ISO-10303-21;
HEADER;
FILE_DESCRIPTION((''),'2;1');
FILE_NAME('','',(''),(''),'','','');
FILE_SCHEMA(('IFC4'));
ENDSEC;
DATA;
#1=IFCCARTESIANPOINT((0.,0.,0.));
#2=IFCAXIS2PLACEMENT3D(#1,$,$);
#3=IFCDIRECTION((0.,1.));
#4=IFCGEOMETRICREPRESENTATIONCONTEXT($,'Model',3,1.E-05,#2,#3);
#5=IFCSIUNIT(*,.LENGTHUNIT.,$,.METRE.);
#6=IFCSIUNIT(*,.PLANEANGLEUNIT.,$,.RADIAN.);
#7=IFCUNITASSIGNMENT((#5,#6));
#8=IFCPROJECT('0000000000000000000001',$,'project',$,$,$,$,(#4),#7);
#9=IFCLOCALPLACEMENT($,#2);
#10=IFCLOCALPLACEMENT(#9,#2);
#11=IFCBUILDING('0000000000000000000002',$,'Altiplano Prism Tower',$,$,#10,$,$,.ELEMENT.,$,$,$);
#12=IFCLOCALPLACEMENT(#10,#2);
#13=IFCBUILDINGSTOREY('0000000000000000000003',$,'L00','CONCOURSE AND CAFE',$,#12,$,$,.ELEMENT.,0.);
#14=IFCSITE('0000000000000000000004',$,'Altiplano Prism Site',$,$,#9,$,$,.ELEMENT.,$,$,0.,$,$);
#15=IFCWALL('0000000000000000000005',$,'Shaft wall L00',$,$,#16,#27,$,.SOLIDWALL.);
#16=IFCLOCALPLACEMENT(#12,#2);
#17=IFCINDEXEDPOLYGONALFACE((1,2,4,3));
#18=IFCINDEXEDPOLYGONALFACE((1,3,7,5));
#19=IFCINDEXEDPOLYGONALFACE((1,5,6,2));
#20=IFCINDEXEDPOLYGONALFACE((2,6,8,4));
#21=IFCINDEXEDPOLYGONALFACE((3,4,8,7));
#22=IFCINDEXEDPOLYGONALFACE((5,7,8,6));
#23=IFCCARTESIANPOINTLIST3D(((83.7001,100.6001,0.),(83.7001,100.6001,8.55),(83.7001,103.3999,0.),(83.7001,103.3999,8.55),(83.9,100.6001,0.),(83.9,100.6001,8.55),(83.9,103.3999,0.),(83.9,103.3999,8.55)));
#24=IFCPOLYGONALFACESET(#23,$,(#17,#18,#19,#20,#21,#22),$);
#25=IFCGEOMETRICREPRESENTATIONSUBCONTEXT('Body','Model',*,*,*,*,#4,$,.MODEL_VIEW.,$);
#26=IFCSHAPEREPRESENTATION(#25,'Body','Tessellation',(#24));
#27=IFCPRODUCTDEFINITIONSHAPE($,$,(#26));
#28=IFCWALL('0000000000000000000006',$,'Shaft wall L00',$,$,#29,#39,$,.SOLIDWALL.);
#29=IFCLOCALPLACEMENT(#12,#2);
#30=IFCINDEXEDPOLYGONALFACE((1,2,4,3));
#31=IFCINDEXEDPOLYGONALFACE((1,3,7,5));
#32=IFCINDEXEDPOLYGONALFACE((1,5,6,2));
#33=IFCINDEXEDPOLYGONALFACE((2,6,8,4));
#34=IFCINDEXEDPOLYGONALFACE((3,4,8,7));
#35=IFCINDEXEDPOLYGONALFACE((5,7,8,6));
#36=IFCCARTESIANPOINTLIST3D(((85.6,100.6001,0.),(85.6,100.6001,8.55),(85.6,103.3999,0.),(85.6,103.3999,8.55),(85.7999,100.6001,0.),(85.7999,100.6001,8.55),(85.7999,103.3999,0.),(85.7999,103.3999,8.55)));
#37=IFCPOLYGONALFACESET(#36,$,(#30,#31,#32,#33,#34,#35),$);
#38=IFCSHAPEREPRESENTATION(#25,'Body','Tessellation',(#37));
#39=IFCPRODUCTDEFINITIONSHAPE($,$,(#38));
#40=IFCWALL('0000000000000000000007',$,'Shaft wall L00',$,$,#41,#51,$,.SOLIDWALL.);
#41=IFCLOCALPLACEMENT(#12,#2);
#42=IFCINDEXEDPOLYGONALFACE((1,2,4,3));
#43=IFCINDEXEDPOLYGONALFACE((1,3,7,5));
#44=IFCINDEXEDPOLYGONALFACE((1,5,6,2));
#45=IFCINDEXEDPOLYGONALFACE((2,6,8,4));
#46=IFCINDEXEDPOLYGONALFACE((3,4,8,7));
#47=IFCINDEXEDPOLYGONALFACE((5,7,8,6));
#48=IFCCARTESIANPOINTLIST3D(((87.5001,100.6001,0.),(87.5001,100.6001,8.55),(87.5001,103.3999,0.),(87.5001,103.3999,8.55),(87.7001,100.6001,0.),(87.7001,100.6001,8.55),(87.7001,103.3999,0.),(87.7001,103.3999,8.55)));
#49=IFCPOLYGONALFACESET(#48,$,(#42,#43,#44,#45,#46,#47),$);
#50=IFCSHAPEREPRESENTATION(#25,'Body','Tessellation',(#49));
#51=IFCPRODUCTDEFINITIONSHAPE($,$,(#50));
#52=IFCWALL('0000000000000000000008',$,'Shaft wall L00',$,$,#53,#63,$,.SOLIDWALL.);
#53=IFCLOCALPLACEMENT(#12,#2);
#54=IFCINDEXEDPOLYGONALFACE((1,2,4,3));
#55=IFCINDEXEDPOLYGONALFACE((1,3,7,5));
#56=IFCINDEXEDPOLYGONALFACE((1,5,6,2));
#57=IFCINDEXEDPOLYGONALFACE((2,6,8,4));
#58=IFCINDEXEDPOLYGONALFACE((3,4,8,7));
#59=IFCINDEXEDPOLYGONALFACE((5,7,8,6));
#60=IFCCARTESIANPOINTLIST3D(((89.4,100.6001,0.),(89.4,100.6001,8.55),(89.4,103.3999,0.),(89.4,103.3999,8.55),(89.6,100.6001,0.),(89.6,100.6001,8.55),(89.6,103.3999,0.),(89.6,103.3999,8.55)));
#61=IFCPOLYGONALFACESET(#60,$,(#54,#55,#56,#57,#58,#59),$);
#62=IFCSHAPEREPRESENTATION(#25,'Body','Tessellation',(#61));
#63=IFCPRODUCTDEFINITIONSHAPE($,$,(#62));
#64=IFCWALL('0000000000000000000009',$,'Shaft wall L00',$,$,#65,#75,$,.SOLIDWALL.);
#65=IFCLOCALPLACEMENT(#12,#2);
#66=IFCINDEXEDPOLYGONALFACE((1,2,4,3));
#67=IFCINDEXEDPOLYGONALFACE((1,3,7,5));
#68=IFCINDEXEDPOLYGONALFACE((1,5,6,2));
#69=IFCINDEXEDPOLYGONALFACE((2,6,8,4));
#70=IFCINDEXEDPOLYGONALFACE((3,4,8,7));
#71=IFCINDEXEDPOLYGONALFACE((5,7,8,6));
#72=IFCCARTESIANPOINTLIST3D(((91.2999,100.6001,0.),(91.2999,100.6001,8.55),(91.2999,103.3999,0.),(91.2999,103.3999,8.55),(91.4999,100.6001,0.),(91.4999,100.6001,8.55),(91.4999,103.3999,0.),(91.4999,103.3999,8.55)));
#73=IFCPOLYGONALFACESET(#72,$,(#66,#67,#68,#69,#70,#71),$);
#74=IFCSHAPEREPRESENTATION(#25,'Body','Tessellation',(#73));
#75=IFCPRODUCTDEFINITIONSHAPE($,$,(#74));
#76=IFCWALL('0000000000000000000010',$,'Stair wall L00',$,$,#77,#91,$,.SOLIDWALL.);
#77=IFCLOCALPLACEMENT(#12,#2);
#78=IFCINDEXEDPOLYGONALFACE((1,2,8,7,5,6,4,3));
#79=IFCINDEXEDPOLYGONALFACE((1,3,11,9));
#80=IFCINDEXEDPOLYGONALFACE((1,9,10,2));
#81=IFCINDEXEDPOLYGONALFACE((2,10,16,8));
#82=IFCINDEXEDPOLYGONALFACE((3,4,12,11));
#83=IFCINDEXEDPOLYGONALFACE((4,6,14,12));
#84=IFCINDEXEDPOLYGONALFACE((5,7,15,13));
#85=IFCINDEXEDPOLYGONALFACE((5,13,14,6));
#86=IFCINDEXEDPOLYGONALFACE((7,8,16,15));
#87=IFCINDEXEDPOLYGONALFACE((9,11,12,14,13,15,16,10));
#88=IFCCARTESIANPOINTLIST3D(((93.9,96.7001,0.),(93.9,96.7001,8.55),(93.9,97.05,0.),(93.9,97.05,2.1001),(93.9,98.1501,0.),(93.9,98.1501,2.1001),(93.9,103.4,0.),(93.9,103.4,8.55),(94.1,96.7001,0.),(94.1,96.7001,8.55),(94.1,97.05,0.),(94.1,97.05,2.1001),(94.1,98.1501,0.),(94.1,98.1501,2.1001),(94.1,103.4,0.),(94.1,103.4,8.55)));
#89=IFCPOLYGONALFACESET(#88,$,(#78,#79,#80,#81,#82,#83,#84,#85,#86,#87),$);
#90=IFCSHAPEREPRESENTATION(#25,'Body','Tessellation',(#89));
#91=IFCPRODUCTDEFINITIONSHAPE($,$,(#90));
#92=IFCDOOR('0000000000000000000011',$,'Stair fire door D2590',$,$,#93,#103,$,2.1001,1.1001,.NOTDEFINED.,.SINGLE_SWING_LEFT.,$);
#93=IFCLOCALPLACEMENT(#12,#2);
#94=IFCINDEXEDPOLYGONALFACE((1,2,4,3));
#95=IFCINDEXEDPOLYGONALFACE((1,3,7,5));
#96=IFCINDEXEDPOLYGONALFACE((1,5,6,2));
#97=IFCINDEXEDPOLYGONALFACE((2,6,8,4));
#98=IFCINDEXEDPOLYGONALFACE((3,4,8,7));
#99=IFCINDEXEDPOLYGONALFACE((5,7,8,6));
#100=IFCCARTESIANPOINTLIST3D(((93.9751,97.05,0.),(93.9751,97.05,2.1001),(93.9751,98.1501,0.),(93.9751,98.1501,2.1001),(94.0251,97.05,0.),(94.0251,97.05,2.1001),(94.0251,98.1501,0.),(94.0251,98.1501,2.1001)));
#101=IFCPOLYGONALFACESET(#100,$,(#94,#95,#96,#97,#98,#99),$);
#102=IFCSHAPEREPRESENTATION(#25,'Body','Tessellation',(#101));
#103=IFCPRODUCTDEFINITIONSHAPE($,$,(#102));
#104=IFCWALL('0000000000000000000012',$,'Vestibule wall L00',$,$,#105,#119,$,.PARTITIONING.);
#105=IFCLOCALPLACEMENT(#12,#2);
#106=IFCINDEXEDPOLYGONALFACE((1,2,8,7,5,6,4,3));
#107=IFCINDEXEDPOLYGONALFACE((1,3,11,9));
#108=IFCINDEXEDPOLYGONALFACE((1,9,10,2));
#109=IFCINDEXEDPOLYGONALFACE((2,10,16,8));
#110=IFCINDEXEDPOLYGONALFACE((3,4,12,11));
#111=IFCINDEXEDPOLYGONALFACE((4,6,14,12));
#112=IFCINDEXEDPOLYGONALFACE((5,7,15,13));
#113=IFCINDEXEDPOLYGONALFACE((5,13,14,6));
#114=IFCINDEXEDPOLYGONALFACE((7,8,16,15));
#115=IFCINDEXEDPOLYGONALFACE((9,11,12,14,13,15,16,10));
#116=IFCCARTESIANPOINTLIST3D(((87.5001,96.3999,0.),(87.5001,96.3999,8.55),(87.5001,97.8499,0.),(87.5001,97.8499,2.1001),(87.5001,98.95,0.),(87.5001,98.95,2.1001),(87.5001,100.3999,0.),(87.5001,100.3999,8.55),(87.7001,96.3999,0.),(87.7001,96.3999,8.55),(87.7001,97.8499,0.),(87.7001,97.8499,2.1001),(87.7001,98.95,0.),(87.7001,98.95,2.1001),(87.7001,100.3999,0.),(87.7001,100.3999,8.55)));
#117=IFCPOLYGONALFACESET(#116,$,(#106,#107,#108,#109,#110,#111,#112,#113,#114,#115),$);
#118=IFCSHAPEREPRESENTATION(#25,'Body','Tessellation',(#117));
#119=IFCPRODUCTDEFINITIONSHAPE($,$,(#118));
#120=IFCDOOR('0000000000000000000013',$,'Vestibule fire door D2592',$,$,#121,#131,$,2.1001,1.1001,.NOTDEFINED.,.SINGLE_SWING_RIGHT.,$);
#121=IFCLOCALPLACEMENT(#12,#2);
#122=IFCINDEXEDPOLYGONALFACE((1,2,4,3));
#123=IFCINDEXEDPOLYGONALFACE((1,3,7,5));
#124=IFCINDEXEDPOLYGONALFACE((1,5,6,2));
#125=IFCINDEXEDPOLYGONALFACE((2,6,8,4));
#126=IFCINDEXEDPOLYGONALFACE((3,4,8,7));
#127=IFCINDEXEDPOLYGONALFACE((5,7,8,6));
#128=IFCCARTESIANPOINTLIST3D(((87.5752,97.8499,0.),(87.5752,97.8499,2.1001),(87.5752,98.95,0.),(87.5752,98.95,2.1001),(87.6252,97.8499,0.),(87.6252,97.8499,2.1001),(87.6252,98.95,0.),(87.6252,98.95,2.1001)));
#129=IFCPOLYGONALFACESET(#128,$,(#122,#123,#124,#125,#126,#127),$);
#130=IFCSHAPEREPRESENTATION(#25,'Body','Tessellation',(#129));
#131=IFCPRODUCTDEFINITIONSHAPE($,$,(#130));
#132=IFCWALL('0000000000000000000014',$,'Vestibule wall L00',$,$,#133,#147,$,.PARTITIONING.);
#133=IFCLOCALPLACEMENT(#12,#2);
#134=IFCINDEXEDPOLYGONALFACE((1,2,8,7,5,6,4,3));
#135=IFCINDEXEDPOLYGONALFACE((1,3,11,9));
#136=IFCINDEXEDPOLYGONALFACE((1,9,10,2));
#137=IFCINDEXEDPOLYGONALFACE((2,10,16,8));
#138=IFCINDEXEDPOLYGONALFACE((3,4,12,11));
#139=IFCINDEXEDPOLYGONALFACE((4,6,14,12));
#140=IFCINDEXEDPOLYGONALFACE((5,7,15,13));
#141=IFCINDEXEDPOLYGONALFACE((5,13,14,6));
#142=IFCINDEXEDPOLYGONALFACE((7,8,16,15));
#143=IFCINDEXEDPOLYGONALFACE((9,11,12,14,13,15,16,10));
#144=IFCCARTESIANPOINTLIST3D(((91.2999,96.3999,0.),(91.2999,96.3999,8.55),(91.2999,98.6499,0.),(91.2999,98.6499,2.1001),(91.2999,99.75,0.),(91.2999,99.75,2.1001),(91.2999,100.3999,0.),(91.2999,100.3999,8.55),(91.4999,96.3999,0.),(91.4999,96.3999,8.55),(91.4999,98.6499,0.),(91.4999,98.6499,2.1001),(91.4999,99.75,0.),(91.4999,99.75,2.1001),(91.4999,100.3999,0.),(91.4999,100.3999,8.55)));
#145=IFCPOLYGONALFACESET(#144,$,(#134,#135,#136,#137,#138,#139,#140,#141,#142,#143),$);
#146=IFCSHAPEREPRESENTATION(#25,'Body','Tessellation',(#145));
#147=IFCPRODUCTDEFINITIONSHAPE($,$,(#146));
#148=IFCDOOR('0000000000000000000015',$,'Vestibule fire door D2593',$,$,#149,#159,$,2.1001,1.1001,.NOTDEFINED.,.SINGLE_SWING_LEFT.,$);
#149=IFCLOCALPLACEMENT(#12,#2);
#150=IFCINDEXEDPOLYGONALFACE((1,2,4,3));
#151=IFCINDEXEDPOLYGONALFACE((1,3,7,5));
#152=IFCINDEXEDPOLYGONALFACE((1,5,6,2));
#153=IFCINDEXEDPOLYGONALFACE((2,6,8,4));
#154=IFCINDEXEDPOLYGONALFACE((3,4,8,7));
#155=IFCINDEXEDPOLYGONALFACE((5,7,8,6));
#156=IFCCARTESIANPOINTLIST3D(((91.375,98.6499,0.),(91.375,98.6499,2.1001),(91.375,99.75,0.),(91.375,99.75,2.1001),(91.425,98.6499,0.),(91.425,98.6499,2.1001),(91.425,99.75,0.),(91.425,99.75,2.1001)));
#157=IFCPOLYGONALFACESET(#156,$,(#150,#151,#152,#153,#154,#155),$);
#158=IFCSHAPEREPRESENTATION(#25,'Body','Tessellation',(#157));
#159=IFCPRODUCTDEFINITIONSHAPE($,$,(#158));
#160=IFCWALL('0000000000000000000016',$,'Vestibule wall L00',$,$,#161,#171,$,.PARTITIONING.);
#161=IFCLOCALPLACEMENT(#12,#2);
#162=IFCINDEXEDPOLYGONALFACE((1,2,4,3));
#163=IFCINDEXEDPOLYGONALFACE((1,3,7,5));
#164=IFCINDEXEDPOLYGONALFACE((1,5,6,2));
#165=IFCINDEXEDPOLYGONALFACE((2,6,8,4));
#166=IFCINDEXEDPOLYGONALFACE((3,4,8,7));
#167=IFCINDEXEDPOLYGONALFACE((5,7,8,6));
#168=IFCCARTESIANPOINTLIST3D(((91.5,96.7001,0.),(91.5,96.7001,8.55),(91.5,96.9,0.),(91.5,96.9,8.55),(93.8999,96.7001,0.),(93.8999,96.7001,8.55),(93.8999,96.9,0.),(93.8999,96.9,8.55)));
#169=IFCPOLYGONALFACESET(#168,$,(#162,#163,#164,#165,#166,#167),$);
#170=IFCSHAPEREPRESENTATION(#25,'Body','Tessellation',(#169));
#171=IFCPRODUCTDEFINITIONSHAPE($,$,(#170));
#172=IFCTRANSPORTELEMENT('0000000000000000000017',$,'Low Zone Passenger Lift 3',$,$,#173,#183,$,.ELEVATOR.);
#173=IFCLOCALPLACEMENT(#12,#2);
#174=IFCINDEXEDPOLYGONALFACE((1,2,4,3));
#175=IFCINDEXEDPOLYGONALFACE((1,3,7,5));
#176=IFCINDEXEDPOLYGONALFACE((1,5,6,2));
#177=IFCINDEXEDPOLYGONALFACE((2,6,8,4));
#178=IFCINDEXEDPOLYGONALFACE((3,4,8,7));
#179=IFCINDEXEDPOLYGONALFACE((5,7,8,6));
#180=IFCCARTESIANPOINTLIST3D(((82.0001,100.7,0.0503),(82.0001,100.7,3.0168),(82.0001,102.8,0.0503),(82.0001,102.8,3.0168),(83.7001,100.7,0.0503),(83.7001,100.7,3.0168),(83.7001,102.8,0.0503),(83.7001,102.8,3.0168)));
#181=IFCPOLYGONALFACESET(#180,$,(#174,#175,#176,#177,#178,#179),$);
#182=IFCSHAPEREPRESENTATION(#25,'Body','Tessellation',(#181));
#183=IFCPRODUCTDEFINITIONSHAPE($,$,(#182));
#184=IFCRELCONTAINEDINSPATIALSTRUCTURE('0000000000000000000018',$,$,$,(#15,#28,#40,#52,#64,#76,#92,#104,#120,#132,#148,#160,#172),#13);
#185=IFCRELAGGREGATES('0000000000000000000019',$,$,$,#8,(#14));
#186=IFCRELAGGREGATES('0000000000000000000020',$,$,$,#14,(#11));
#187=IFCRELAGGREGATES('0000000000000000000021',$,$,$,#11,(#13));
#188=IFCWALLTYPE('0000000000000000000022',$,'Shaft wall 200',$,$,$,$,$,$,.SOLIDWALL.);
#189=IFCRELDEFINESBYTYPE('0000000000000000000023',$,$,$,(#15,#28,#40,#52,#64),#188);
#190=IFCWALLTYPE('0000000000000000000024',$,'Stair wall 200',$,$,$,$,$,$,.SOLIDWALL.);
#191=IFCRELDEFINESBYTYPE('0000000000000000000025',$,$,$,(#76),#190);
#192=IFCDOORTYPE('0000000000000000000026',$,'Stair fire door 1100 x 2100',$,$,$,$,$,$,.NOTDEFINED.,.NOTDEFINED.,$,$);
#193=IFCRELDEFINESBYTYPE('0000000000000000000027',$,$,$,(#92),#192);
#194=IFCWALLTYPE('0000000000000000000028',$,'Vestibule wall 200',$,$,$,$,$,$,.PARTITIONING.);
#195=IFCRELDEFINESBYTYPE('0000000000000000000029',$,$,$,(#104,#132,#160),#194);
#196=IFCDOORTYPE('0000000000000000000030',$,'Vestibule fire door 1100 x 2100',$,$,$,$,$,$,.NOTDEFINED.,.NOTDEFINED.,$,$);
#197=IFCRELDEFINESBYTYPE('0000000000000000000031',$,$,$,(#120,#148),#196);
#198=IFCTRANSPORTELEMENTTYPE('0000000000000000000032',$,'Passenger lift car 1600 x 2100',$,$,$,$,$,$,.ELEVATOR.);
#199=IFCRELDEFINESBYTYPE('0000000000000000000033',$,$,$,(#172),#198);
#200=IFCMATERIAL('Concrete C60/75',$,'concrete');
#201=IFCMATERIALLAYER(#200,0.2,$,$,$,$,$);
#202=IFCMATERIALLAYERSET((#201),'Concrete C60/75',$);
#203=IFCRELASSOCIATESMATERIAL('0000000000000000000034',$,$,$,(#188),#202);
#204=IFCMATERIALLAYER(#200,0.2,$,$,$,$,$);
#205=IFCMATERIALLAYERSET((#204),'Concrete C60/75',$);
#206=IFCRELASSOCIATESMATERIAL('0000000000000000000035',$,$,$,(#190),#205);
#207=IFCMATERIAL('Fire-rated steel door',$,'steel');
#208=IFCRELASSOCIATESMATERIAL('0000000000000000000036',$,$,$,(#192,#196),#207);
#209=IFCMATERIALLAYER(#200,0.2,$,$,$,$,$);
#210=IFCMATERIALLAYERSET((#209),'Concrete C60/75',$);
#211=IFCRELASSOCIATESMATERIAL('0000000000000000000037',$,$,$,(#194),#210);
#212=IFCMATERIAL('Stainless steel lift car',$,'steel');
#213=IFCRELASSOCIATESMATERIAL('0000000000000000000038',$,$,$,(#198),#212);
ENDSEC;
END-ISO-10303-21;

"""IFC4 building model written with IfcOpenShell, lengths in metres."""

from ifc_helpers import new_model, si_unit, direction, frame, frame_2d, origin, origin_2d, place, context, subcontext, project, spatial, rectangle, extrude, material, layer, layer_set, type_object, element, fill, save


model = new_model("IFC4")

# Units and contexts
model_context = context("Model", 3, precision=1e-05, world=origin(), true_north=direction((0.0, 1.0)))
body_context = subcontext(model_context, "Body", "Model", "MODEL_VIEW")
ifc_project = project(units=[si_unit("LENGTHUNIT", "METRE"), si_unit("PLANEANGLEUNIT", "RADIAN")], contexts=[model_context])

# Site, building, storey
site_placement = place(None, origin())
site = spatial("IfcSite", under=ifc_project, at=site_placement, Name="Altiplano Prism Site", CompositionType="ELEMENT", RefElevation=0.0)
building_placement = place(site_placement, origin())
building = spatial("IfcBuilding", under=site, at=building_placement, Name="Altiplano Prism Tower", CompositionType="ELEMENT")
storey_placement = place(building_placement, origin())
storey = spatial("IfcBuildingStorey", under=building, at=storey_placement, Name="L00", Description="CONCOURSE AND CAFE", CompositionType="ELEMENT", Elevation=0.0)

# Walls
ifc_material_1 = material(Name="Concrete C60/75", Category="concrete")
ifc_layer_1 = layer(ifc_material_1, 0.2)
ifc_layer_set_1 = layer_set([ifc_layer_1], Name="Concrete C60/75")
wall_type_1 = type_object("IfcWallType", Name="Shaft wall 200", PredefinedType="SOLIDWALL", material=ifc_layer_set_1)
for number, where, z_axis, x_axis, name in (
    (1, (83.8, 100.6001, 0.0), (0.0, 0.0, 1.0), (0.0, 1.0, 0.0), "Shaft wall L00"),
    (2, (85.7, 100.6001, 0.0), (0.0, 0.0, 1.0), (0.0, 1.0, 0.0), "Shaft wall L00"),
    (3, (87.6001, 100.6001, 0.0), (0.0, 0.0, 1.0), (0.0, 1.0, 0.0), "Shaft wall L00"),
    (4, (89.5, 100.6001, 0.0), (0.0, 0.0, 1.0), (0.0, 1.0, 0.0), "Shaft wall L00"),
    (5, (91.3999, 100.6001, 0.0), (0.0, 0.0, 1.0), (0.0, 1.0, 0.0), "Shaft wall L00"),
):
    element("IfcWall", number, at=place(storey_placement, frame(where, z_axis=z_axis, x_axis=x_axis)), inside=storey, type_object=wall_type_1, Name=name, PredefinedType="SOLIDWALL", context=body_context, shape_type="SweptSolid", body=[
        extrude(rectangle(XDim=2.7998, YDim=0.2, at=frame_2d((1.3999, 0.0))), origin(), (0.0, 0.0, 1.0), 8.55),
    ])

# Walls, openings, doors
ifc_layer_2 = layer(ifc_material_1, 0.2)
ifc_layer_set_2 = layer_set([ifc_layer_2], Name="Concrete C60/75")
wall_type_2 = type_object("IfcWallType", Name="Stair wall 200", PredefinedType="SOLIDWALL", material=ifc_layer_set_2)
wall_1_placement = place(storey_placement, frame((94.0, 96.7, 0.0), z_axis=(0.0, 0.0, 1.0), x_axis=(0.0, 1.0, 0.0)))
wall_1 = element("IfcWall", 6, at=wall_1_placement, inside=storey, type_object=wall_type_2, Name="Stair wall L00", PredefinedType="SOLIDWALL", context=body_context, shape_type="SweptSolid", body=[
    extrude(rectangle(XDim=6.7, YDim=0.2, at=frame_2d((3.3501, 0.0))), origin(), (0.0, 0.0, 1.0), 8.55),
])
opening_1_placement = place(wall_1_placement, frame((0.3501, 0.0, 0.0)))
opening_1 = element("IfcOpeningElement", 7, at=opening_1_placement, cuts=wall_1, PredefinedType="OPENING", context=body_context, shape_type="SweptSolid", body=[
    extrude(rectangle(XDim=1.1001, YDim=2.1001, at=frame_2d((0.55, 1.05))), frame((0.0, 0.1104, 0.0), z_axis=(0.0, -1.0, 0.0), x_axis=(1.0, 0.0, 0.0)), (0.0, 0.0, 1.0), 0.2209),
])
ifc_material_2 = material(Name="Fire-rated steel door", Category="steel")
door_type_1 = type_object("IfcDoorType", Name="Stair fire door 1100 x 2100", OperationType="NOTDEFINED", PredefinedType="NOTDEFINED", material=ifc_material_2)
door_1_placement = place(opening_1_placement, origin())
door_1 = element("IfcDoor", 8, at=door_1_placement, inside=storey, type_object=door_type_1, Name="Stair fire door D2590", OperationType="SINGLE_SWING_LEFT", OverallHeight=2.1001, OverallWidth=1.1001, PredefinedType="NOTDEFINED", context=body_context, shape_type="SweptSolid", body=[
    extrude(rectangle(XDim=1.1001, YDim=2.1001, at=frame_2d((0.55, 1.05))), frame((0.0, 0.0249, 0.0), z_axis=(0.0, -1.0, 0.0), x_axis=(1.0, 0.0, 0.0)), (0.0, 0.0, 1.0), 0.05),
])
fill(opening_1, door_1)
ifc_layer_3 = layer(ifc_material_1, 0.2)
ifc_layer_set_3 = layer_set([ifc_layer_3], Name="Concrete C60/75")
wall_type_3 = type_object("IfcWallType", Name="Vestibule wall 200", PredefinedType="PARTITIONING", material=ifc_layer_set_3)
wall_2_placement = place(storey_placement, frame((87.6001, 96.3999, 0.0), z_axis=(0.0, 0.0, 1.0), x_axis=(0.0, 1.0, 0.0)))
wall_2 = element("IfcWall", 9, at=wall_2_placement, inside=storey, type_object=wall_type_3, Name="Vestibule wall L00", PredefinedType="PARTITIONING", context=body_context, shape_type="SweptSolid", body=[
    extrude(rectangle(XDim=4.0, YDim=0.2, at=frame_2d((2.0, 0.0))), origin(), (0.0, 0.0, 1.0), 8.55),
])
opening_2_placement = place(wall_2_placement, frame((1.45, 0.0, 0.0)))
opening_2 = element("IfcOpeningElement", 10, at=opening_2_placement, cuts=wall_2, PredefinedType="OPENING", context=body_context, shape_type="SweptSolid", body=[
    extrude(rectangle(XDim=1.1001, YDim=2.1001, at=frame_2d((0.55, 1.05))), frame((0.0, 0.1104, 0.0), z_axis=(0.0, -1.0, 0.0), x_axis=(1.0, 0.0, 0.0)), (0.0, 0.0, 1.0), 0.2209),
])
door_type_2 = type_object("IfcDoorType", Name="Vestibule fire door 1100 x 2100", OperationType="NOTDEFINED", PredefinedType="NOTDEFINED", material=ifc_material_2)
door_2_placement = place(opening_2_placement, origin())
door_2 = element("IfcDoor", 11, at=door_2_placement, inside=storey, type_object=door_type_2, Name="Vestibule fire door D2592", OperationType="SINGLE_SWING_RIGHT", OverallHeight=2.1001, OverallWidth=1.1001, PredefinedType="NOTDEFINED", context=body_context, shape_type="SweptSolid", body=[
    extrude(rectangle(XDim=1.1001, YDim=2.1001, at=frame_2d((0.55, 1.05))), frame((0.0, 0.0249, 0.0), z_axis=(0.0, -1.0, 0.0), x_axis=(1.0, 0.0, 0.0)), (0.0, 0.0, 1.0), 0.05),
])
fill(opening_2, door_2)
wall_3_placement = place(storey_placement, frame((91.3999, 96.3999, 0.0), z_axis=(0.0, 0.0, 1.0), x_axis=(0.0, 1.0, 0.0)))
wall_3 = element("IfcWall", 12, at=wall_3_placement, inside=storey, type_object=wall_type_3, Name="Vestibule wall L00", PredefinedType="PARTITIONING", context=body_context, shape_type="SweptSolid", body=[
    extrude(rectangle(XDim=4.0, YDim=0.2, at=frame_2d((2.0, 0.0))), origin(), (0.0, 0.0, 1.0), 8.55),
])
opening_3_placement = place(wall_3_placement, frame((2.25, 0.0, 0.0)))
opening_3 = element("IfcOpeningElement", 13, at=opening_3_placement, cuts=wall_3, PredefinedType="OPENING", context=body_context, shape_type="SweptSolid", body=[
    extrude(rectangle(XDim=1.1001, YDim=2.1001, at=frame_2d((0.55, 1.05))), frame((0.0, 0.1104, 0.0), z_axis=(0.0, -1.0, 0.0), x_axis=(1.0, 0.0, 0.0)), (0.0, 0.0, 1.0), 0.2209),
])
door_3_placement = place(opening_3_placement, origin())
door_3 = element("IfcDoor", 14, at=door_3_placement, inside=storey, type_object=door_type_2, Name="Vestibule fire door D2593", OperationType="SINGLE_SWING_LEFT", OverallHeight=2.1001, OverallWidth=1.1001, PredefinedType="NOTDEFINED", context=body_context, shape_type="SweptSolid", body=[
    extrude(rectangle(XDim=1.1001, YDim=2.1001, at=frame_2d((0.55, 1.05))), frame((0.0, 0.0249, 0.0), z_axis=(0.0, -1.0, 0.0), x_axis=(1.0, 0.0, 0.0)), (0.0, 0.0, 1.0), 0.05),
])
fill(opening_3, door_3)

# Wall
wall_4_placement = place(storey_placement, frame((91.5, 96.8, 0.0), z_axis=(0.0, 0.0, 1.0), x_axis=(1.0, 0.0, 0.0)))
element("IfcWall", 15, at=wall_4_placement, inside=storey, type_object=wall_type_3, Name="Vestibule wall L00", PredefinedType="PARTITIONING", context=body_context, shape_type="SweptSolid", body=[
    extrude(rectangle(XDim=2.3999, YDim=0.2, at=frame_2d((1.2, 0.0))), origin(), (0.0, 0.0, 1.0), 8.55),
])

# Transport element
ifc_material_3 = material(Name="Stainless steel lift car", Category="steel")
transport_element_type_1 = type_object("IfcTransportElementType", Name="Passenger lift car 1600 x 2100", PredefinedType="ELEVATOR", material=ifc_material_3)
for number, where, z_axis, x_axis, name in (
    (16, (82.8501, 101.75, 0.0503), (0.0, 0.0, 1.0), (1.0, 0.0, 0.0), "Low Zone Passenger Lift 3"),
):
    element("IfcTransportElement", number, at=place(storey_placement, frame(where, z_axis=z_axis, x_axis=x_axis)), inside=storey, type_object=transport_element_type_1, Name=name, PredefinedType="ELEVATOR", context=body_context, shape_type="SweptSolid", body=[
        extrude(rectangle(XDim=1.7, YDim=2.1001, at=origin_2d()), origin(), (0.0, 0.0, 1.0), 2.9666),
    ])

save(model, "model.ifc")
